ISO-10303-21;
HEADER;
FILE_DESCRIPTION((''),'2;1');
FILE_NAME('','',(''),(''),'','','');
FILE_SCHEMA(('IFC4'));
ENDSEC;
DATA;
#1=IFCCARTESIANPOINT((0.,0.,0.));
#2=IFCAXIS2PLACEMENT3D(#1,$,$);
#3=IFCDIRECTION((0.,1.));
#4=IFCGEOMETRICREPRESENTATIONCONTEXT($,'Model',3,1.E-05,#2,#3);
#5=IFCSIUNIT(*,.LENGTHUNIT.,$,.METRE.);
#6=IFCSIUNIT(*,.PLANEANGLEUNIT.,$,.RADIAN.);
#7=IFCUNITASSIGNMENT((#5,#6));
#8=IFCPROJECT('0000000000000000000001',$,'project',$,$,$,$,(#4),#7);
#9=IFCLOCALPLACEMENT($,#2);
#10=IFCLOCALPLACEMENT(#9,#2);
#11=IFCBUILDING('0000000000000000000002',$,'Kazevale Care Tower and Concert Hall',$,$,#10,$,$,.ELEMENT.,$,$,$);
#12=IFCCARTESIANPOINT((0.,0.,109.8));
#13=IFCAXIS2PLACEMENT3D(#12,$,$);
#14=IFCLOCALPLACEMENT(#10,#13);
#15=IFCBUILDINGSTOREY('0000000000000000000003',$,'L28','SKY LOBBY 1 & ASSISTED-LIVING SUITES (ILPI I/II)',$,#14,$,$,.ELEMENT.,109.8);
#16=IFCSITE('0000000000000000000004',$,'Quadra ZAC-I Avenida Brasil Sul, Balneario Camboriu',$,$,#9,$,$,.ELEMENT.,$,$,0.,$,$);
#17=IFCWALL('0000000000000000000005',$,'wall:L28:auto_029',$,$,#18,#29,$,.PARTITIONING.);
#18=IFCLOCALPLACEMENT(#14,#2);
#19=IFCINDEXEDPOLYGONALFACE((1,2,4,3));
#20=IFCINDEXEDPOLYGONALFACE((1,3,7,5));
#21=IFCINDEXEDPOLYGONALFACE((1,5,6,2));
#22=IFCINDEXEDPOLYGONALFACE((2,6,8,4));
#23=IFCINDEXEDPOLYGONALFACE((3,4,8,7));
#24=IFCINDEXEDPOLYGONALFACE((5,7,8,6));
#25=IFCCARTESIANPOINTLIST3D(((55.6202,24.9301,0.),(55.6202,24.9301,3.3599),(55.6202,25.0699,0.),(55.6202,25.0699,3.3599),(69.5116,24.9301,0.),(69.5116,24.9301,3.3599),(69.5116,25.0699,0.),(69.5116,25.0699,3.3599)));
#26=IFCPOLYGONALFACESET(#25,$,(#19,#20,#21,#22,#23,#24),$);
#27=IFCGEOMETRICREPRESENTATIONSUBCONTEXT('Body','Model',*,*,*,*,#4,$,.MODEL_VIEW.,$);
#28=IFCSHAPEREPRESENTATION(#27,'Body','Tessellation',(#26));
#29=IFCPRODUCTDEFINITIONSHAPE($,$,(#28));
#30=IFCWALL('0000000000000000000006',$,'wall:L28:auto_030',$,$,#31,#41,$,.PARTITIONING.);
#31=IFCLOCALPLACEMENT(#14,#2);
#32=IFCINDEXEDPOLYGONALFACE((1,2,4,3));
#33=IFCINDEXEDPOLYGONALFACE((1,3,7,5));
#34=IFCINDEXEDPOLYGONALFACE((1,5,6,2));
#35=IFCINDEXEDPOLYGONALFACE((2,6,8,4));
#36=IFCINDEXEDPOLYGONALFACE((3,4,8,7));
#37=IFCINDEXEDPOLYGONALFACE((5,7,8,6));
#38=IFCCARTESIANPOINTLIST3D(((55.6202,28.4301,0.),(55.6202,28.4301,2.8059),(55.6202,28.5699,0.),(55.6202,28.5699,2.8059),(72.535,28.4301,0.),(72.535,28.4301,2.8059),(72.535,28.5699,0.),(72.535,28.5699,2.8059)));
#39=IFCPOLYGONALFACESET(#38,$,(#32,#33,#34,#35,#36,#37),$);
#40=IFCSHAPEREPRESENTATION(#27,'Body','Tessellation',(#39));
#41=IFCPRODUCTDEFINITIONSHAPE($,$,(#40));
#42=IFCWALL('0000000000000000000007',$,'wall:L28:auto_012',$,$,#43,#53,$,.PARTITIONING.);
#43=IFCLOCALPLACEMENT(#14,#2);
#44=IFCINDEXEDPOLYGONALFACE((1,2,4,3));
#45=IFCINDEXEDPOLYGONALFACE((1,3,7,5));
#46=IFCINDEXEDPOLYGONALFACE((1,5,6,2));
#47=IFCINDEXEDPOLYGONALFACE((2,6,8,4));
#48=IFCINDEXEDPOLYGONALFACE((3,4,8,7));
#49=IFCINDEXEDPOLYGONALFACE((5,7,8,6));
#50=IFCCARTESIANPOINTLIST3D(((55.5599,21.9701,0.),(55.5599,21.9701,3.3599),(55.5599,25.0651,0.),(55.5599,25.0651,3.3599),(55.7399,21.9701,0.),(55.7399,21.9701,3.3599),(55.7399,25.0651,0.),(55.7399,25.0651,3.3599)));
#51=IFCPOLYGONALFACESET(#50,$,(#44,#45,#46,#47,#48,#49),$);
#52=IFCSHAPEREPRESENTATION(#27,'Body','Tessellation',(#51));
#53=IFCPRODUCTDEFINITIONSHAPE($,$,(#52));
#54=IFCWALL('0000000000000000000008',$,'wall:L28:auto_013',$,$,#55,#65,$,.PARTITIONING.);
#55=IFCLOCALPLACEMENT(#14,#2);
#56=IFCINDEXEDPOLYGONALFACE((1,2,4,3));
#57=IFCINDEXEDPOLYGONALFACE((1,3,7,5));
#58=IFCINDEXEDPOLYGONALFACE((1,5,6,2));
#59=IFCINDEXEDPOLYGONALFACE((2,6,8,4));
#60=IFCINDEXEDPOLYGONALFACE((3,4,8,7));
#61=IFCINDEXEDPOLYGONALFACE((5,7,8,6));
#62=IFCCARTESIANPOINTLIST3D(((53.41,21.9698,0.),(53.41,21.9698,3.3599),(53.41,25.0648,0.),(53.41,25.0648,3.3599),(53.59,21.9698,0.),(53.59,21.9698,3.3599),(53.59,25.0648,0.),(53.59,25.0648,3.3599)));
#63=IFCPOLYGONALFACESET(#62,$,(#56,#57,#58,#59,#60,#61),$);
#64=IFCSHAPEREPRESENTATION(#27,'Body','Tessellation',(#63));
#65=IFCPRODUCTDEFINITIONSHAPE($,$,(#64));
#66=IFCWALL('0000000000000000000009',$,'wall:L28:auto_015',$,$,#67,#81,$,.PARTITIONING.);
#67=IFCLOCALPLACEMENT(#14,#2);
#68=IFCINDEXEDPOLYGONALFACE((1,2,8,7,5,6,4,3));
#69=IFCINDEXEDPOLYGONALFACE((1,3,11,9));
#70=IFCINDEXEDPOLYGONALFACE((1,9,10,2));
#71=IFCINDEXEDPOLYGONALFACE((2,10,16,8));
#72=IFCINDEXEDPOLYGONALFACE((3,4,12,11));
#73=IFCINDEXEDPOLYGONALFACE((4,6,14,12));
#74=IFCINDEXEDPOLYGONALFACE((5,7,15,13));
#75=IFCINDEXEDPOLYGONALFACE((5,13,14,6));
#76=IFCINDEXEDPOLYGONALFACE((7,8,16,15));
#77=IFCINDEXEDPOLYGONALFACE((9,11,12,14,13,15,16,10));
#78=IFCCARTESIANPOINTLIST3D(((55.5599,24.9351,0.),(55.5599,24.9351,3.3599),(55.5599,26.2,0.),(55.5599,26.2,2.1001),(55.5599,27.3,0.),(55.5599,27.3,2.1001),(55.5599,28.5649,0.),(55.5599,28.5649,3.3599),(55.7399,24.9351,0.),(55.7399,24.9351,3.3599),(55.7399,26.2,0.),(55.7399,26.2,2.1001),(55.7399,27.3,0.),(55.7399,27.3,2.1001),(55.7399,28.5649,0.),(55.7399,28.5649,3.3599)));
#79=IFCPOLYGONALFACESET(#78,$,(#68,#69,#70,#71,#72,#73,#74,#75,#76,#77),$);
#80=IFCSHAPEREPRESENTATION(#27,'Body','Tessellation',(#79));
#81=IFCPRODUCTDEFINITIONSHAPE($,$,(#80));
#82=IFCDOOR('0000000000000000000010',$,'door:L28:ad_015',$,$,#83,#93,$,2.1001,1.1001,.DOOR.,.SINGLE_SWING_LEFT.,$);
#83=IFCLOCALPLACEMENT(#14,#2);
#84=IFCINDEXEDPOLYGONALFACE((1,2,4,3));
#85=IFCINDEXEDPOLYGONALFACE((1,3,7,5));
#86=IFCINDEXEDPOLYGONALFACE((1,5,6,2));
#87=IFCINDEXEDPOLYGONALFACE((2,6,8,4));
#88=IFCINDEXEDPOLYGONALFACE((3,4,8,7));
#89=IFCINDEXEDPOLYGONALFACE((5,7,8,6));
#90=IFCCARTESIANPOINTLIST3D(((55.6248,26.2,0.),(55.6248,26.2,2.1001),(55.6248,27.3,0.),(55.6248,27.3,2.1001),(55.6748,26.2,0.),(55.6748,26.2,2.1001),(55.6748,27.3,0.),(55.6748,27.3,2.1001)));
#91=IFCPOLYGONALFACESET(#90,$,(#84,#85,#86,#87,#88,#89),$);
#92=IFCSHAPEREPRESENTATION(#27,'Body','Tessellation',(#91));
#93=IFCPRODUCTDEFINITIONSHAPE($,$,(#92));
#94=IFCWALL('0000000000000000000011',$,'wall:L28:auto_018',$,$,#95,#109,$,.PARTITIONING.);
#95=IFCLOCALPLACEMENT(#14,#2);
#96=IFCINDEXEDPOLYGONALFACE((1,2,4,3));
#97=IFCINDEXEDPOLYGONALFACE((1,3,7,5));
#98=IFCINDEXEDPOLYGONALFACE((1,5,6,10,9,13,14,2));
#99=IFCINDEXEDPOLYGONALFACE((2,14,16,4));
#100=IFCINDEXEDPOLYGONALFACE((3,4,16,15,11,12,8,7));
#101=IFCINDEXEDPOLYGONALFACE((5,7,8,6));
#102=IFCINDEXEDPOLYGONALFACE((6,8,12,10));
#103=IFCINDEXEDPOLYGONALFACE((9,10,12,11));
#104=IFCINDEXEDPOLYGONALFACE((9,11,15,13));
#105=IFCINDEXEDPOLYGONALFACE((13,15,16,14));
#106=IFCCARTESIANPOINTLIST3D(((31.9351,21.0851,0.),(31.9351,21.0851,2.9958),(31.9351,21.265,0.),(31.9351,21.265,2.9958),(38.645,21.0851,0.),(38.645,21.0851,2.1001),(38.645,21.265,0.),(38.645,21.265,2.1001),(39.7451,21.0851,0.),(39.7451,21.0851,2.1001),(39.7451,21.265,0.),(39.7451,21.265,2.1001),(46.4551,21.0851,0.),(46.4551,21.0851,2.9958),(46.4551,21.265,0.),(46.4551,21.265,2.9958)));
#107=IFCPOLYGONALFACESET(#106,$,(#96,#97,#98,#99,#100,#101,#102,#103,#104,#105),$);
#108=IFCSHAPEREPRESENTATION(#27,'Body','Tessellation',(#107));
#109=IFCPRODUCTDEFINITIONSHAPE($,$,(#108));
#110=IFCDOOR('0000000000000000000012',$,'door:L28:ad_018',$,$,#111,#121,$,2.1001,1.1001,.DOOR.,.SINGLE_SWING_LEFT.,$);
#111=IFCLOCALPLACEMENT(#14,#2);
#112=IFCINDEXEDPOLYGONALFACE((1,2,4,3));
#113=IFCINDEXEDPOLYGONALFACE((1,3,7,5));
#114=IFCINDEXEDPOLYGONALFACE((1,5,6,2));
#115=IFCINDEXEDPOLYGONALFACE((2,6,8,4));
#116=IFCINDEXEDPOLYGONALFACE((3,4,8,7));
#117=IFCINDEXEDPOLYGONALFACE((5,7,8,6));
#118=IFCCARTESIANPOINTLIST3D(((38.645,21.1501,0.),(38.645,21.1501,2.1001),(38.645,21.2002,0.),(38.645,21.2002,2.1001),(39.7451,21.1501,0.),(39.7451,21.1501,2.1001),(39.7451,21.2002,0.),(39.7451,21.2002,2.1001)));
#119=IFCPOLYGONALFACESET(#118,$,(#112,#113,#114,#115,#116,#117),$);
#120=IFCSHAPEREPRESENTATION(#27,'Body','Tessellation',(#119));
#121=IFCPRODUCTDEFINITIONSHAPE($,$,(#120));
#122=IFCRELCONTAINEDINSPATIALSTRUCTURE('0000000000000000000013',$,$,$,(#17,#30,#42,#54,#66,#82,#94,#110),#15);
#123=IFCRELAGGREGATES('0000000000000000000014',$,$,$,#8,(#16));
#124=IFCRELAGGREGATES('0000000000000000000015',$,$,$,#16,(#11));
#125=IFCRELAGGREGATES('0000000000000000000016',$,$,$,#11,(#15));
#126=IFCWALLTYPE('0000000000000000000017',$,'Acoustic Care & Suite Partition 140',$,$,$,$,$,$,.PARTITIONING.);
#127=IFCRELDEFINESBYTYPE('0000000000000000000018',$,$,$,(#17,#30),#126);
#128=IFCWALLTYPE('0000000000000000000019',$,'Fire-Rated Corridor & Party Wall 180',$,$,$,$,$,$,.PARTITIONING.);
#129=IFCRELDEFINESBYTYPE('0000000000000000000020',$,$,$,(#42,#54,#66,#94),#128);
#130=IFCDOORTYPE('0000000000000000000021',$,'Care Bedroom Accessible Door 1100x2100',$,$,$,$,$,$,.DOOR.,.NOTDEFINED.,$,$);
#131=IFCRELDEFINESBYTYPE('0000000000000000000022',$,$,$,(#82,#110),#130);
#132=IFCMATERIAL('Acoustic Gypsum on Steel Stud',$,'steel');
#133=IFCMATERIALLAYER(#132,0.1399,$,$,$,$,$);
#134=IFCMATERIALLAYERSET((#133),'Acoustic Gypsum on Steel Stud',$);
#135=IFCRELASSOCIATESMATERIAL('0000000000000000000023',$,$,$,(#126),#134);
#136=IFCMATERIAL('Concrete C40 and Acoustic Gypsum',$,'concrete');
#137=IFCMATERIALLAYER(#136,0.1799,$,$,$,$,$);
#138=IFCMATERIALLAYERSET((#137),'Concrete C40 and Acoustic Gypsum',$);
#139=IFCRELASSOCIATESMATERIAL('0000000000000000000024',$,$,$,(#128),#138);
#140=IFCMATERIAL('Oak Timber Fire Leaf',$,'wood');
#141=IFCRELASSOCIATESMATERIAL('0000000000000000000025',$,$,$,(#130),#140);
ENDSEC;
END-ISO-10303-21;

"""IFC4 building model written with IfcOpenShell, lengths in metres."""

from ifc_helpers import new_model, si_unit, direction, frame, frame_2d, origin, place, context, subcontext, project, spatial, rectangle, extrude, material, layer, layer_set, type_object, element, fill, save


model = new_model("IFC4")

# Units and contexts
model_context = context("Model", 3, precision=1e-05, world=origin(), true_north=direction((0.0, 1.0)))
body_context = subcontext(model_context, "Body", "Model", "MODEL_VIEW")
ifc_project = project(units=[si_unit("LENGTHUNIT", "METRE"), si_unit("PLANEANGLEUNIT", "RADIAN")], contexts=[model_context])

# Site, building, storey
site_placement = place(None, origin())
site = spatial("IfcSite", under=ifc_project, at=site_placement, Name="Quadra ZAC-I Avenida Brasil Sul, Balneario Camboriu", CompositionType="ELEMENT", RefElevation=0.0)
building_placement = place(site_placement, origin())
building = spatial("IfcBuilding", under=site, at=building_placement, Name="Kazevale Care Tower and Concert Hall", CompositionType="ELEMENT")
storey_placement = place(building_placement, frame((0.0, 0.0, 109.8)))
storey = spatial("IfcBuildingStorey", under=building, at=storey_placement, Name="L28", Description="SKY LOBBY 1 & ASSISTED-LIVING SUITES (ILPI I/II)", CompositionType="ELEMENT", Elevation=109.8)

# Walls
ifc_material_1 = material(Name="Acoustic Gypsum on Steel Stud", Category="steel")
ifc_layer_1 = layer(ifc_material_1, 0.1399)
ifc_layer_set_1 = layer_set([ifc_layer_1], Name="Acoustic Gypsum on Steel Stud")
wall_type_1 = type_object("IfcWallType", Name="Acoustic Care & Suite Partition 140", PredefinedType="PARTITIONING", material=ifc_layer_set_1)
wall_1_placement = place(storey_placement, frame((55.6201, 25.0, 0.0), z_axis=(0.0, 0.0, 1.0), x_axis=(1.0, 0.0, 0.0)))
element("IfcWall", 1, at=wall_1_placement, inside=storey, type_object=wall_type_1, Name="wall:L28:auto_029", PredefinedType="PARTITIONING", context=body_context, shape_type="SweptSolid", body=[
    extrude(rectangle(XDim=13.8914, YDim=0.1399, at=frame_2d((6.9458, 0.0))), origin(), (0.0, 0.0, 1.0), 3.3599),
])
wall_2_placement = place(storey_placement, frame((55.6201, 28.5, 0.0), z_axis=(0.0, 0.0, 1.0), x_axis=(1.0, 0.0, 0.0)))
element("IfcWall", 2, at=wall_2_placement, inside=storey, type_object=wall_type_1, Name="wall:L28:auto_030", PredefinedType="PARTITIONING", context=body_context, shape_type="SweptSolid", body=[
    extrude(rectangle(XDim=16.9148, YDim=0.1399, at=frame_2d((8.4575, 0.0))), origin(), (0.0, 0.0, 1.0), 2.8059),
])

# Shared definitions
ifc_material_2 = material(Name="Concrete C40 and Acoustic Gypsum", Category="concrete")
ifc_layer_2 = layer(ifc_material_2, 0.1799)
ifc_layer_set_2 = layer_set([ifc_layer_2], Name="Concrete C40 and Acoustic Gypsum")
wall_type_2 = type_object("IfcWallType", Name="Fire-Rated Corridor & Party Wall 180", PredefinedType="PARTITIONING", material=ifc_layer_set_2)
ifc_material_3 = material(Name="Oak Timber Fire Leaf", Category="wood")

# Walls
for number, where, z_axis, x_axis, name in (
    (3, (55.6499, 25.0649, 0.0), (0.0, 0.0, 1.0), (0.0, -1.0, 0.0), "wall:L28:auto_012"),
    (4, (53.5, 21.97, 0.0), (0.0, 0.0, 1.0), (0.0, 1.0, 0.0), "wall:L28:auto_013"),
):
    element("IfcWall", number, at=place(storey_placement, frame(where, z_axis=z_axis, x_axis=x_axis)), inside=storey, type_object=wall_type_2, Name=name, PredefinedType="PARTITIONING", context=body_context, shape_type="SweptSolid", body=[
        extrude(rectangle(XDim=3.095, YDim=0.1799, at=frame_2d((1.5474, 0.0))), origin(), (0.0, 0.0, 1.0), 3.3599),
    ])

# Walls, openings, doors
wall_3_placement = place(storey_placement, frame((55.6499, 28.5649, 0.0), z_axis=(0.0, 0.0, 1.0), x_axis=(0.0, -1.0, 0.0)))
wall_3 = element("IfcWall", 5, at=wall_3_placement, inside=storey, type_object=wall_type_2, Name="wall:L28:auto_015", PredefinedType="PARTITIONING", context=body_context, shape_type="SweptSolid", body=[
    extrude(rectangle(XDim=3.6299, YDim=0.1799, at=frame_2d((1.8149, 0.0))), origin(), (0.0, 0.0, 1.0), 3.3599),
])
opening_1_placement = place(wall_3_placement, frame((1.2649, 0.0, 0.0)))
opening_1 = element("IfcOpeningElement", 6, at=opening_1_placement, cuts=wall_3, PredefinedType="OPENING", context=body_context, shape_type="SweptSolid", body=[
    extrude(rectangle(XDim=1.1001, YDim=2.1001, at=frame_2d((0.55, 1.05))), frame((0.0, 0.0999, 0.0), z_axis=(0.0, -1.0, 0.0), x_axis=(1.0, 0.0, 0.0)), (0.0, 0.0, 1.0), 0.2),
])
door_type_1 = type_object("IfcDoorType", Name="Care Bedroom Accessible Door 1100x2100", OperationType="NOTDEFINED", PredefinedType="DOOR", material=ifc_material_3)
door_1_placement = place(opening_1_placement, origin())
door_1 = element("IfcDoor", 7, at=door_1_placement, inside=storey, type_object=door_type_1, Name="door:L28:ad_015", OperationType="SINGLE_SWING_LEFT", OverallHeight=2.1001, OverallWidth=1.1001, PredefinedType="DOOR", context=body_context, shape_type="SweptSolid", body=[
    extrude(rectangle(XDim=1.1001, YDim=2.1001, at=frame_2d((0.55, 1.05))), frame((0.0, 0.0249, 0.0), z_axis=(0.0, -1.0, 0.0), x_axis=(1.0, 0.0, 0.0)), (0.0, 0.0, 1.0), 0.05),
])
fill(opening_1, door_1)
wall_4_placement = place(storey_placement, frame((46.4551, 21.175, 0.0), z_axis=(0.0, 0.0, 1.0), x_axis=(-1.0, 0.0, 0.0)))
wall_4 = element("IfcWall", 8, at=wall_4_placement, inside=storey, type_object=wall_type_2, Name="wall:L28:auto_018", PredefinedType="PARTITIONING", context=body_context, shape_type="SweptSolid", body=[
    extrude(rectangle(XDim=14.52, YDim=0.1799, at=frame_2d((7.26, 0.0))), origin(), (0.0, 0.0, 1.0), 2.9958),
])
opening_2_placement = place(wall_4_placement, frame((6.71, 0.0, 0.0)))
opening_2 = element("IfcOpeningElement", 9, at=opening_2_placement, cuts=wall_4, PredefinedType="OPENING", context=body_context, shape_type="SweptSolid", body=[
    extrude(rectangle(XDim=1.1001, YDim=2.1001, at=frame_2d((0.55, 1.05))), frame((0.0, 0.0999, 0.0), z_axis=(0.0, -1.0, 0.0), x_axis=(1.0, 0.0, 0.0)), (0.0, 0.0, 1.0), 0.2),
])
door_2_placement = place(opening_2_placement, origin())
door_2 = element("IfcDoor", 10, at=door_2_placement, inside=storey, type_object=door_type_1, Name="door:L28:ad_018", OperationType="SINGLE_SWING_LEFT", OverallHeight=2.1001, OverallWidth=1.1001, PredefinedType="DOOR", context=body_context, shape_type="SweptSolid", body=[
    extrude(rectangle(XDim=1.1001, YDim=2.1001, at=frame_2d((0.55, 1.05))), frame((0.0, 0.0249, 0.0), z_axis=(0.0, -1.0, 0.0), x_axis=(1.0, 0.0, 0.0)), (0.0, 0.0, 1.0), 0.05),
])
fill(opening_2, door_2)

save(model, "model.ifc")
